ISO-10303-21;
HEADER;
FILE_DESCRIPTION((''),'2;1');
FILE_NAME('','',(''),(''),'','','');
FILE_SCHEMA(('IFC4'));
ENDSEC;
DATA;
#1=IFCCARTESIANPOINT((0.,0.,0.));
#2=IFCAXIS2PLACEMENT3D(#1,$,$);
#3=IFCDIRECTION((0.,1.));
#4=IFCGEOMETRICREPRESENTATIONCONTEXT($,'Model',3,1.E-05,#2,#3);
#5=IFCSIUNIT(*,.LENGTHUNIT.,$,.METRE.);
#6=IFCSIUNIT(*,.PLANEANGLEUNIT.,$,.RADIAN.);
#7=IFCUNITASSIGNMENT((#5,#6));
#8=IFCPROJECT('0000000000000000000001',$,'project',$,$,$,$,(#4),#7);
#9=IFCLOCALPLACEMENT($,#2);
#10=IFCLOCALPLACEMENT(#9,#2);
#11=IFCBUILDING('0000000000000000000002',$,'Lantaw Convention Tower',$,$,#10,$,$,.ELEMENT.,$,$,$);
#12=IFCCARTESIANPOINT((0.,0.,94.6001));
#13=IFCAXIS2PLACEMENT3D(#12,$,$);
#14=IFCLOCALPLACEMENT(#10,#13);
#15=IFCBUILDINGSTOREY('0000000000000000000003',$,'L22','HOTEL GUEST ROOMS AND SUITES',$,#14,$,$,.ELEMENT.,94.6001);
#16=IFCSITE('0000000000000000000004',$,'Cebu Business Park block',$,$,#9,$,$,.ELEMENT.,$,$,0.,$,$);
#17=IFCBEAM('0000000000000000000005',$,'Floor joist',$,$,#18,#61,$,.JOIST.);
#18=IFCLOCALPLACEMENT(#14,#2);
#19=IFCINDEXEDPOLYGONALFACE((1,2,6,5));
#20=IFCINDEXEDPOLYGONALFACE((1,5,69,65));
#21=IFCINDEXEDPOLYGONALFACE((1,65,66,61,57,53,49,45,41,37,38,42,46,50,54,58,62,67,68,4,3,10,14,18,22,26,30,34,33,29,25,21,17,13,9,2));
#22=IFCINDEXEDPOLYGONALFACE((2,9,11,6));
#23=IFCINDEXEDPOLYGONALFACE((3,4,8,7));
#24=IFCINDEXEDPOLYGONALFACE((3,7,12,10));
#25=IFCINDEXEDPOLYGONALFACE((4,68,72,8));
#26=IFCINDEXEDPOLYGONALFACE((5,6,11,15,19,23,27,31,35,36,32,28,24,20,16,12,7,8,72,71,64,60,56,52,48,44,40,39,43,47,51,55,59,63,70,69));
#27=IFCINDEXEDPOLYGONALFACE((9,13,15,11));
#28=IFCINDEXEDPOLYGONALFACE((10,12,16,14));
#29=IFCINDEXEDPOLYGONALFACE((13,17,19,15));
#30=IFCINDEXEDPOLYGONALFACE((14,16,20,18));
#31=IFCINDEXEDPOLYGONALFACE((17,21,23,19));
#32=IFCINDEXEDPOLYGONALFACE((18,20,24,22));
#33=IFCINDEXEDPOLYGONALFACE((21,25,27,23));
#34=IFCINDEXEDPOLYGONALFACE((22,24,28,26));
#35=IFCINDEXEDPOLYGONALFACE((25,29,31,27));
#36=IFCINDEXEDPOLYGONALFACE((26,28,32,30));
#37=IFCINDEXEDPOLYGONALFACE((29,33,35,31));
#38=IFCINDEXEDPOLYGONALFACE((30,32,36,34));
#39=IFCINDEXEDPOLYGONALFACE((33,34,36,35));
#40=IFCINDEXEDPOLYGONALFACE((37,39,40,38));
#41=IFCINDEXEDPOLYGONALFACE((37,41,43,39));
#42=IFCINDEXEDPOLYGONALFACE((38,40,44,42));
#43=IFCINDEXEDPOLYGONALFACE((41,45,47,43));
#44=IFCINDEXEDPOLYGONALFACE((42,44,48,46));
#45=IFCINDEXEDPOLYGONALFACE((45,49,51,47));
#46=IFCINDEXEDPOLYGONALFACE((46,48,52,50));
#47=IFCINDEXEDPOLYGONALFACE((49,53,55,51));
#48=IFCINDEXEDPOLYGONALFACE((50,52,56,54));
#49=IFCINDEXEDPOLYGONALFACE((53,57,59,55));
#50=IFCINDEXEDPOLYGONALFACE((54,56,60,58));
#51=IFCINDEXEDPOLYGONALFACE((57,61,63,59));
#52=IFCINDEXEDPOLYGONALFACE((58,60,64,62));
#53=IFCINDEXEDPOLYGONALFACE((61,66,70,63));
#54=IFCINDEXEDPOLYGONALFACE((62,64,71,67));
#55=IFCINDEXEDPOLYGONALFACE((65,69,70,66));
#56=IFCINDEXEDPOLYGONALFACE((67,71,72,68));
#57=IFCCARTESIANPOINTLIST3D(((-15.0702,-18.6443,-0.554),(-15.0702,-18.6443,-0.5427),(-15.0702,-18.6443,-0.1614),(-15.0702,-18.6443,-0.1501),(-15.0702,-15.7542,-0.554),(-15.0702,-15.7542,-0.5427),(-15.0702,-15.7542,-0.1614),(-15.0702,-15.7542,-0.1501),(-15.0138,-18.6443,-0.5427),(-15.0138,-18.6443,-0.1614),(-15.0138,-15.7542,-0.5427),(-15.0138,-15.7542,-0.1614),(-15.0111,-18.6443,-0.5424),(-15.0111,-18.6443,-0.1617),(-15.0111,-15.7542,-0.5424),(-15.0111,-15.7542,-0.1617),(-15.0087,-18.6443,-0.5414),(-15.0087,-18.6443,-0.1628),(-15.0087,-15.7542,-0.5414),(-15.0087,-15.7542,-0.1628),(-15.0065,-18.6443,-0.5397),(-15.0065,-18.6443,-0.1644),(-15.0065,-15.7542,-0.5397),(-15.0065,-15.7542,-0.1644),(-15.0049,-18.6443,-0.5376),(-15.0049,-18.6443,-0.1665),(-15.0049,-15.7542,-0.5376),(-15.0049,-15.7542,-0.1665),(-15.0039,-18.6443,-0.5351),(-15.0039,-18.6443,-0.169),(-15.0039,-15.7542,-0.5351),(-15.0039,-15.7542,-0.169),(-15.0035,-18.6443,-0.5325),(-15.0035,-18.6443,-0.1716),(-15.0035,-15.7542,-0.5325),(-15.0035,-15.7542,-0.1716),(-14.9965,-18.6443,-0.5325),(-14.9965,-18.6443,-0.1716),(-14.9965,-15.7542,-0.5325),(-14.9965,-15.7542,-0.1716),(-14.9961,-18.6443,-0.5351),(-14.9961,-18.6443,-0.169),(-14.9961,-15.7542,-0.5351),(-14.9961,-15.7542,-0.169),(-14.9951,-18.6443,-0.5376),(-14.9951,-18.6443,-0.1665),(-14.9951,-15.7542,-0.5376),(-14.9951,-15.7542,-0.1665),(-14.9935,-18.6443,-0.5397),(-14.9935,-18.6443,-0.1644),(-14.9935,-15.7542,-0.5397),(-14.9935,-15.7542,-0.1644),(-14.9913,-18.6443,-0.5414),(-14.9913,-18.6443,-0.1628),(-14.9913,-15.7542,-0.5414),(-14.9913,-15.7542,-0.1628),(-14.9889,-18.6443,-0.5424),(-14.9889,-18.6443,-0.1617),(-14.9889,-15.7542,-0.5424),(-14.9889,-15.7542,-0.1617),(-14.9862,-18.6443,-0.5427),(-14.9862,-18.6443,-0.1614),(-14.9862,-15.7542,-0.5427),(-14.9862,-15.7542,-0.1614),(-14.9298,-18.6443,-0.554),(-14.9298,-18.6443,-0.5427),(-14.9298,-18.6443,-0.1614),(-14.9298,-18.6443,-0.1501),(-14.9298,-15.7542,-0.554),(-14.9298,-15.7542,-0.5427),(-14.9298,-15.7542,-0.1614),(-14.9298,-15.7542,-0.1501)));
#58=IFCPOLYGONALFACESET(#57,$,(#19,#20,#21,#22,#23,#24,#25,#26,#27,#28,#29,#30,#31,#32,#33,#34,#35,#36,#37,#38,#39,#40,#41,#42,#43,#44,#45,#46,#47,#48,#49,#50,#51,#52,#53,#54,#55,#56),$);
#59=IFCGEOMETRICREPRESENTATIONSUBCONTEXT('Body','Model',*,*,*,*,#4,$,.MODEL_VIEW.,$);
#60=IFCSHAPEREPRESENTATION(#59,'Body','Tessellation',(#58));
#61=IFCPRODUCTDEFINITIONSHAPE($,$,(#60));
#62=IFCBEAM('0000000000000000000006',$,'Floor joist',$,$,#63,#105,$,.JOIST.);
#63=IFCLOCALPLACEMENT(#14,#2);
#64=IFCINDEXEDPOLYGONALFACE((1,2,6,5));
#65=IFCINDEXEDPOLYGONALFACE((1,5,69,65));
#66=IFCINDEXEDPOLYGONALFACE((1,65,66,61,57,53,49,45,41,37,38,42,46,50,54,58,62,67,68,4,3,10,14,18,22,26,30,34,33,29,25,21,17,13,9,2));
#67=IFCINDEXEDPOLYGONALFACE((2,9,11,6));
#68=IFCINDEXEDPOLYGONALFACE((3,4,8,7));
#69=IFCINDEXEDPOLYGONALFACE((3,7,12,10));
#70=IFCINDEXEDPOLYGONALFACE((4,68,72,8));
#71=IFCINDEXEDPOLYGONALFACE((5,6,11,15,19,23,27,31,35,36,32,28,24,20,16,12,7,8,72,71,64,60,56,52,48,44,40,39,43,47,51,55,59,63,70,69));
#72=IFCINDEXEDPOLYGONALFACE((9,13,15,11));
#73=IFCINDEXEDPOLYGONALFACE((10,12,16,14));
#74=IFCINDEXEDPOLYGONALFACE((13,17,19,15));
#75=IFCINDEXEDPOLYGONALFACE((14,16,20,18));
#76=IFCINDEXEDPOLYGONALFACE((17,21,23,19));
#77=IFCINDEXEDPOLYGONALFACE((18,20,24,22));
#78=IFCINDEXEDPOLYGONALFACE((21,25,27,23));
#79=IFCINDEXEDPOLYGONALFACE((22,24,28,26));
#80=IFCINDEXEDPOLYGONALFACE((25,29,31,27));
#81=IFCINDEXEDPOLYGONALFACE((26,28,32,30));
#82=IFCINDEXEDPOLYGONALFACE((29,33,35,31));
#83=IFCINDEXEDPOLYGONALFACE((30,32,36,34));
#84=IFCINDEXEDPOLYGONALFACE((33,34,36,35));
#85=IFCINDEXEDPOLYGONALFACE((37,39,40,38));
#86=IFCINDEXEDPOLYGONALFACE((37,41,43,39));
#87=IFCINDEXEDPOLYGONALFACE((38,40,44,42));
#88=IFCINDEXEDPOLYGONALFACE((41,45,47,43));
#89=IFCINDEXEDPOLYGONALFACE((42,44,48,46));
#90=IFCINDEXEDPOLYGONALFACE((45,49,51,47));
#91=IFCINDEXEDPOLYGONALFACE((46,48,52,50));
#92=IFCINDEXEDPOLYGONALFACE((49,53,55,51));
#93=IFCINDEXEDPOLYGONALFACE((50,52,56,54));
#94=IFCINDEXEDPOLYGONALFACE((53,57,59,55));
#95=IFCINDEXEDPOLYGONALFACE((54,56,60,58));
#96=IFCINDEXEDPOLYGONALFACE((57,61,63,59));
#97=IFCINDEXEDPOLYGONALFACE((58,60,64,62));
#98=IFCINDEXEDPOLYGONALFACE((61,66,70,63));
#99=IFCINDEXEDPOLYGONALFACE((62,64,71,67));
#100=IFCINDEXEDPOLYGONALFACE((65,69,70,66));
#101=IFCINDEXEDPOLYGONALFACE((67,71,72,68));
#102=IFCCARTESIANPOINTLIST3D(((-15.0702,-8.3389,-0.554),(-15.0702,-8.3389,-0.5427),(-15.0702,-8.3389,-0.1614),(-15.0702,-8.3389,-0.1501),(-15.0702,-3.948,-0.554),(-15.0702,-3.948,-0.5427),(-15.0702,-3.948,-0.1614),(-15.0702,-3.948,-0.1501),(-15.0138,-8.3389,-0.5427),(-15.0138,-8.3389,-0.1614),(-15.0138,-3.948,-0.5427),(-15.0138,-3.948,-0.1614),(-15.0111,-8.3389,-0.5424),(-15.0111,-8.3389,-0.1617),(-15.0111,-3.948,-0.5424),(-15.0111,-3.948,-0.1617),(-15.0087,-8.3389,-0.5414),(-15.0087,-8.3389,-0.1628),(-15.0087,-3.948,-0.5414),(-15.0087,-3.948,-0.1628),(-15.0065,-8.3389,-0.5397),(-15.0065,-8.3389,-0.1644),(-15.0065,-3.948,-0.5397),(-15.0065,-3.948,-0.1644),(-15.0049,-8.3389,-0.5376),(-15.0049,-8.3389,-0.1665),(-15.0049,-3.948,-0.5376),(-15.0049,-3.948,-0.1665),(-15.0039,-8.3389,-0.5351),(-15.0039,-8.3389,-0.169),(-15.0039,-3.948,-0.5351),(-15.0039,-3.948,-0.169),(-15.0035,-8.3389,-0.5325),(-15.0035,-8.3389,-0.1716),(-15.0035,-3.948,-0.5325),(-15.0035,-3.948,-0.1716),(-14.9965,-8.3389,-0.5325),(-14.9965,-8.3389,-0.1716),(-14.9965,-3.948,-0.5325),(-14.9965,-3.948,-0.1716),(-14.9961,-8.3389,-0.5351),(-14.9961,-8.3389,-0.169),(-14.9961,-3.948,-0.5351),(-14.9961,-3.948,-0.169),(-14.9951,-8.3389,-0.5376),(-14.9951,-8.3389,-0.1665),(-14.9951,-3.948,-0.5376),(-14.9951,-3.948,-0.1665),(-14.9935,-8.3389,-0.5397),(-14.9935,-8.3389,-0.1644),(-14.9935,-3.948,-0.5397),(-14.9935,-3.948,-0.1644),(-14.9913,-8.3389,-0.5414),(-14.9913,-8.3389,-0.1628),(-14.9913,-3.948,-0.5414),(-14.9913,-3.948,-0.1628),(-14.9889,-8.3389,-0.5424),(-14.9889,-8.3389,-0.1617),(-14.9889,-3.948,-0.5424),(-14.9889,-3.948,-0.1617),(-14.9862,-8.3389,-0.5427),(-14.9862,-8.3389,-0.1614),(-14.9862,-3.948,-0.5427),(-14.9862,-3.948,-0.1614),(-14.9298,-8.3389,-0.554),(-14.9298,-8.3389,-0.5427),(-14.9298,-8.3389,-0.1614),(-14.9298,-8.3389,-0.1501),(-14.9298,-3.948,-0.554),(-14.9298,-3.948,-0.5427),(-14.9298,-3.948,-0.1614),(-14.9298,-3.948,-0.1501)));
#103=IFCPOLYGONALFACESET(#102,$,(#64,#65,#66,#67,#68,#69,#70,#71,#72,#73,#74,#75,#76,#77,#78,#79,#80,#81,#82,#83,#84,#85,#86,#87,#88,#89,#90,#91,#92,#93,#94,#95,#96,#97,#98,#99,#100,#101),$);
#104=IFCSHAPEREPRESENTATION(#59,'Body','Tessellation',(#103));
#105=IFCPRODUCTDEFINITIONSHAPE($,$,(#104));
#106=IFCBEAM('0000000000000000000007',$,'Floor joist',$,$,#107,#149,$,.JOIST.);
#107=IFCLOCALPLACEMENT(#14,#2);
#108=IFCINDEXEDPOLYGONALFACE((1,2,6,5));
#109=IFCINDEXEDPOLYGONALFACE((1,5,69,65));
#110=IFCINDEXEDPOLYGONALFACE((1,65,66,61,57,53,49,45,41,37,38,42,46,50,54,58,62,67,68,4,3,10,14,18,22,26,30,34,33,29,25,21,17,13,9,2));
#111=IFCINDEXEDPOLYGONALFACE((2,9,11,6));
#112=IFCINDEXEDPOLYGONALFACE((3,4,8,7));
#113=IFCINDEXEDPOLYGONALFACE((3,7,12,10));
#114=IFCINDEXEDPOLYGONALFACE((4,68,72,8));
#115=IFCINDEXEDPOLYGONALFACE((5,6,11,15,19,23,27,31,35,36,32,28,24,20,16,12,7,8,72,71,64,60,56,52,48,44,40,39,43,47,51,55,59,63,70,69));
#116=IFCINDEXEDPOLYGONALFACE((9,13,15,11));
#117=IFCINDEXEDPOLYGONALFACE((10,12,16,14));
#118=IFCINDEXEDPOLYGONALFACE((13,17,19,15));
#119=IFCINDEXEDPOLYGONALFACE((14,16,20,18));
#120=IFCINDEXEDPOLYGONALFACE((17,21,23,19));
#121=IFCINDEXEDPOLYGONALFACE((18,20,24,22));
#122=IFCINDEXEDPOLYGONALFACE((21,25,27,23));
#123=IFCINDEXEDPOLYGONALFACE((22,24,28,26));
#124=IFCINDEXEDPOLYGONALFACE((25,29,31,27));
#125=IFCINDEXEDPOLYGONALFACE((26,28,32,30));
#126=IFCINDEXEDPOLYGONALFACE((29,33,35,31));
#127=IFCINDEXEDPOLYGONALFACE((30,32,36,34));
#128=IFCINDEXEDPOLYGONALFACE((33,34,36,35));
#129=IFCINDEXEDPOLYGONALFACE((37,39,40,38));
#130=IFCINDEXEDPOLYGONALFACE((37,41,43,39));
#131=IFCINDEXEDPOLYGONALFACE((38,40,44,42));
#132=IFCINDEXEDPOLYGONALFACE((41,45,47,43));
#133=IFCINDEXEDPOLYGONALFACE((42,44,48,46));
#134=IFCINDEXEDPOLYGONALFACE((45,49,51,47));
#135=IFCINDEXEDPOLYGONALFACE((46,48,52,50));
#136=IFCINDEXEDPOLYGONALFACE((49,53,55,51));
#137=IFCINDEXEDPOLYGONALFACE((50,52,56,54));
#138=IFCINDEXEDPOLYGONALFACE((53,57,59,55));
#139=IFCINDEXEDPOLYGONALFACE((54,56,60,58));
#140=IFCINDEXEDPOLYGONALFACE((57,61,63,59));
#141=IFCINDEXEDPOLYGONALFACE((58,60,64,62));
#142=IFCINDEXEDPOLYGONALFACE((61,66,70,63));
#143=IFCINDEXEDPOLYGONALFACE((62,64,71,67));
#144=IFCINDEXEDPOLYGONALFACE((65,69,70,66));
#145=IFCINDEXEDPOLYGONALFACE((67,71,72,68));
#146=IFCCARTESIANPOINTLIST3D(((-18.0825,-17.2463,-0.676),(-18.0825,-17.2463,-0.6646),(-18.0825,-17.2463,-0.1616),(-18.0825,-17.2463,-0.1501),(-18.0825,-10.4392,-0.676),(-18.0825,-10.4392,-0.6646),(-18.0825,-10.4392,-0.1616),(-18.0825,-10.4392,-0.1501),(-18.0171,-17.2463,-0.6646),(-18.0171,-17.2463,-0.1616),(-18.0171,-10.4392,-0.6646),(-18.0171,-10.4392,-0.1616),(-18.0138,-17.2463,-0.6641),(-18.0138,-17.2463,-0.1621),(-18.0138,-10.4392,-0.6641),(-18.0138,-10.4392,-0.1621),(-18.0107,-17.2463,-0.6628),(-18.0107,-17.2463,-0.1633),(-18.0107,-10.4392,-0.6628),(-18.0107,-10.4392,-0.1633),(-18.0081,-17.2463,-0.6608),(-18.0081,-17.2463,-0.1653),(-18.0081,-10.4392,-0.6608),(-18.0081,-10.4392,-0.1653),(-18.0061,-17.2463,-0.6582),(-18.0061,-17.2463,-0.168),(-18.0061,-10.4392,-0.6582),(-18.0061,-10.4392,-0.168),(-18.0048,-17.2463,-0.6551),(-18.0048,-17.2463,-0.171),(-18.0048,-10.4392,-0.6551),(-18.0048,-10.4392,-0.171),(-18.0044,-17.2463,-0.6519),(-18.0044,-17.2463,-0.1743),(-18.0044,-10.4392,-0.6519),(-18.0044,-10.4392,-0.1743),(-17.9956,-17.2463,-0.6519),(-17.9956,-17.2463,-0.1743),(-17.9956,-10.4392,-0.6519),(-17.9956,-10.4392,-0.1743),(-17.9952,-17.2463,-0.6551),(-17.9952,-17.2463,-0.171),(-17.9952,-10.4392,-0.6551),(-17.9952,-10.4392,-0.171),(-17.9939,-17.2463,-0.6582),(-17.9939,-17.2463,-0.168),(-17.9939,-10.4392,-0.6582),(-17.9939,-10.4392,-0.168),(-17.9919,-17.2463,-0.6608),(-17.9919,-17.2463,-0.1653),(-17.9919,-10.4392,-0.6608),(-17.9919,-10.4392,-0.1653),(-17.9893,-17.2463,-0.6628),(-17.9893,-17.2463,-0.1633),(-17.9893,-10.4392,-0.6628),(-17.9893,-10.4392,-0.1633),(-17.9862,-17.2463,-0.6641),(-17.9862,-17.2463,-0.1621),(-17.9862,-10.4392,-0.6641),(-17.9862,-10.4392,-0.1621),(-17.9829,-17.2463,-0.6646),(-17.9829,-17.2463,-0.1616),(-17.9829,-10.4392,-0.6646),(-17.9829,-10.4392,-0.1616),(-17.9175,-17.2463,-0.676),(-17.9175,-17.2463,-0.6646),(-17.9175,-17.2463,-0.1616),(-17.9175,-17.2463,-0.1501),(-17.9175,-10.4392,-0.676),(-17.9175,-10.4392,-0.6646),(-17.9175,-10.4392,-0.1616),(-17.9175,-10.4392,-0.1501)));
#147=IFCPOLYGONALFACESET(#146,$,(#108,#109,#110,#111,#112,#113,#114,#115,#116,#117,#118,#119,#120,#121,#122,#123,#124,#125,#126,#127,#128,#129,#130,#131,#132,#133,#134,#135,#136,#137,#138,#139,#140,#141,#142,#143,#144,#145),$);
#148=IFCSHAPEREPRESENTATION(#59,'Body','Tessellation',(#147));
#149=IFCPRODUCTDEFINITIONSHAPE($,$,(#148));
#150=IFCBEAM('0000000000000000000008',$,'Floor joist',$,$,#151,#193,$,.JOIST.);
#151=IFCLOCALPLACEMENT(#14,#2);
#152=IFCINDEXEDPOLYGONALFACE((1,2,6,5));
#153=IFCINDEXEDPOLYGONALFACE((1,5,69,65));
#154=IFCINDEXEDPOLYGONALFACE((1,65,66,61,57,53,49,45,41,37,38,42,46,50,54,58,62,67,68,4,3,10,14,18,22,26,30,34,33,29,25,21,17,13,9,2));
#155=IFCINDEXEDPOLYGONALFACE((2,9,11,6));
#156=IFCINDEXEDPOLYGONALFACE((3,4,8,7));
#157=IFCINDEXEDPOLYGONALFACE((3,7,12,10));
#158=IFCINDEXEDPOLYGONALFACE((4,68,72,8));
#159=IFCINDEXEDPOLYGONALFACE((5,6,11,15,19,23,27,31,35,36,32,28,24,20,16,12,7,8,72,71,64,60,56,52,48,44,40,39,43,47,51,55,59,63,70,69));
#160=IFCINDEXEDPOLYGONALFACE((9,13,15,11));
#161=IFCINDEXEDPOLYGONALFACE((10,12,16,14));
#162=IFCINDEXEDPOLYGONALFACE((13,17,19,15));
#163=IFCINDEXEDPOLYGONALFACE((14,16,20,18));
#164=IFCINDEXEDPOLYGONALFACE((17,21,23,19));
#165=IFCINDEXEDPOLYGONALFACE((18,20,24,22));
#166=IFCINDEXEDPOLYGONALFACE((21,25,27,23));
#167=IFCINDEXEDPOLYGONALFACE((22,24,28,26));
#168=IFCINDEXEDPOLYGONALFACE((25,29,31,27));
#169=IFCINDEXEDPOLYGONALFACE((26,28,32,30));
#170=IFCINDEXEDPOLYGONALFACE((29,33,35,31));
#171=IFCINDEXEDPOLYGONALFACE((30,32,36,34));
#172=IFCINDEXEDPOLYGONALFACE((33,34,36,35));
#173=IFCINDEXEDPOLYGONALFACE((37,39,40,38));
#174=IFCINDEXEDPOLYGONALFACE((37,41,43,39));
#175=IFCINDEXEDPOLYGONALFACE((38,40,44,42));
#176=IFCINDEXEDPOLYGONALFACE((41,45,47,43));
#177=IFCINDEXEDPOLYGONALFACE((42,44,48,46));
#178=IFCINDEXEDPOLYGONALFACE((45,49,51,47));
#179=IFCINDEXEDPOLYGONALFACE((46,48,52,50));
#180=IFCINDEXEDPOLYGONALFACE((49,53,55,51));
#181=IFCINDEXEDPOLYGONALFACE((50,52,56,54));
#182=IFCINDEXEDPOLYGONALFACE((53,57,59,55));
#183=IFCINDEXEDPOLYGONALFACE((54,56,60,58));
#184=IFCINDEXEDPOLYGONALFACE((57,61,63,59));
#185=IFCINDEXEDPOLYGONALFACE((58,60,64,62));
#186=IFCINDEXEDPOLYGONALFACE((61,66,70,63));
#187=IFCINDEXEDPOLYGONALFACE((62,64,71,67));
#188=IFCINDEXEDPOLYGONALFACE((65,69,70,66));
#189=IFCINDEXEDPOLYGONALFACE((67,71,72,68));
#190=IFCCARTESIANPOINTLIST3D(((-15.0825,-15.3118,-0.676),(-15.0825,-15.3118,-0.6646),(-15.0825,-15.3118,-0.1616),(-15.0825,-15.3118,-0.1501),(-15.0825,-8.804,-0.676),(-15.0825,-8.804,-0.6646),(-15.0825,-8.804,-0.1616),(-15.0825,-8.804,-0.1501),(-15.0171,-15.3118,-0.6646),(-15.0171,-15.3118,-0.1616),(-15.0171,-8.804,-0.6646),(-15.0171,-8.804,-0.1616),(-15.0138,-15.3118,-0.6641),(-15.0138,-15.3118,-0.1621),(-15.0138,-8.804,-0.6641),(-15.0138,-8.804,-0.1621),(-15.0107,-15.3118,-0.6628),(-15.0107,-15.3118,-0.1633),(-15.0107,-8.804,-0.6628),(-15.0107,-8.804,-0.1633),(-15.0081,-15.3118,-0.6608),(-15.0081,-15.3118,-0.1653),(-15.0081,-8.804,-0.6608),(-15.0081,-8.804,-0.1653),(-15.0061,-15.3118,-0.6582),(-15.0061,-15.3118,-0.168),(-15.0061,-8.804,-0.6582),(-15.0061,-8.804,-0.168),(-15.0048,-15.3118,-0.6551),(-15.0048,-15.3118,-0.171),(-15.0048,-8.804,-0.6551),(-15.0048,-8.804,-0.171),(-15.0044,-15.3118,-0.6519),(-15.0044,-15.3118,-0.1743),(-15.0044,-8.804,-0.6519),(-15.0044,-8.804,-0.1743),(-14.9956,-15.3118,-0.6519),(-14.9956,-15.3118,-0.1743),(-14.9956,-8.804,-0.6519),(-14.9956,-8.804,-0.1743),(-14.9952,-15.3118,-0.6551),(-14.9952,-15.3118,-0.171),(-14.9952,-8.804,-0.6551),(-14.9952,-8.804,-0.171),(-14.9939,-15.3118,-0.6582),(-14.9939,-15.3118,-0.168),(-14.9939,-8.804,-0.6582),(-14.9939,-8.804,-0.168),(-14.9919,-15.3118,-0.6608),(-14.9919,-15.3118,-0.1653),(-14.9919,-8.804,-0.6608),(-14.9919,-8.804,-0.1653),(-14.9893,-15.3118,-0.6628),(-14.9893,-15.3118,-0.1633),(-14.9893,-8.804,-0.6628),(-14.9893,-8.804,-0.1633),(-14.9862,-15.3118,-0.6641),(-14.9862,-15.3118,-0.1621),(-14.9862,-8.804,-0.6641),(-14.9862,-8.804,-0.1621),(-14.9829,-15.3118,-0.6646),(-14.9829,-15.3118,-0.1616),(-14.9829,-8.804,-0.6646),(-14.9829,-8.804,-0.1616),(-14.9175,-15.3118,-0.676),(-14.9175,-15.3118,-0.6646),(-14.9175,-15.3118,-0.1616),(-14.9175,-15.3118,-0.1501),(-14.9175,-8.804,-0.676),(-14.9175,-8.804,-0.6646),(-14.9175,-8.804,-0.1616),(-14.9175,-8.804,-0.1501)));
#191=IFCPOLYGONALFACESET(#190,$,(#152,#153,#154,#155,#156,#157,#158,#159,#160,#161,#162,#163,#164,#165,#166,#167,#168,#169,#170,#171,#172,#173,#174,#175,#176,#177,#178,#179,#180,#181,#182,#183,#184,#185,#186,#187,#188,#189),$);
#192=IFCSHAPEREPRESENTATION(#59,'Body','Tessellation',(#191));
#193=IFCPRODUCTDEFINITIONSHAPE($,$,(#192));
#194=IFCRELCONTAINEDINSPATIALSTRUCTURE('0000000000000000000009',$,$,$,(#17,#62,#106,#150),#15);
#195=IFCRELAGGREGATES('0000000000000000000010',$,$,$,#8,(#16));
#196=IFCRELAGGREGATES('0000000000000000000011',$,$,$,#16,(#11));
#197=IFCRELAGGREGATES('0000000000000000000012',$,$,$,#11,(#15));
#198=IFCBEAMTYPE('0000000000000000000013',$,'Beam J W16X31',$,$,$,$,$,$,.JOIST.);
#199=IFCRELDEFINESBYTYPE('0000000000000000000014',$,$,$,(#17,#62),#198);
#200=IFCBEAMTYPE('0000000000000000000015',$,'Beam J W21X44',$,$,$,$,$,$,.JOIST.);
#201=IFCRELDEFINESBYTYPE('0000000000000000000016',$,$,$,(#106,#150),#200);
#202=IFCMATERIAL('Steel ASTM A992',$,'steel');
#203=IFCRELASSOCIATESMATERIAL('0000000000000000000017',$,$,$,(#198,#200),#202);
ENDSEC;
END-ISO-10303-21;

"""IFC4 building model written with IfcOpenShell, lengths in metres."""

from ifc_helpers import new_model, si_unit, direction, frame, origin, origin_2d, place, context, subcontext, project, spatial, i_section, extrude, material, material_profile, profile_set, type_object, element, save


model = new_model("IFC4")

# Units and contexts
model_context = context("Model", 3, precision=1e-05, world=origin(), true_north=direction((0.0, 1.0)))
body_context = subcontext(model_context, "Body", "Model", "MODEL_VIEW")
ifc_project = project(units=[si_unit("LENGTHUNIT", "METRE"), si_unit("PLANEANGLEUNIT", "RADIAN")], contexts=[model_context])

# Site, building, storey
site_placement = place(None, origin())
site = spatial("IfcSite", under=ifc_project, at=site_placement, Name="Cebu Business Park block", CompositionType="ELEMENT", RefElevation=0.0)
building_placement = place(site_placement, origin())
building = spatial("IfcBuilding", under=site, at=building_placement, Name="Lantaw Convention Tower", CompositionType="ELEMENT")
storey_placement = place(building_placement, frame((0.0, 0.0, 94.6001)))
storey = spatial("IfcBuildingStorey", under=building, at=storey_placement, Name="L22", Description="HOTEL GUEST ROOMS AND SUITES", CompositionType="ELEMENT", Elevation=94.6001)

# Beams
ifc_material_1 = material(Name="Steel ASTM A992", Category="steel")
ifc_material_profile_1 = material_profile(ifc_material_1, i_section(OverallWidth=0.1404, OverallDepth=0.4038, WebThickness=0.0071, FlangeThickness=0.0112, FilletRadius=0.0103, at=origin_2d()), Name="W16X31")
ifc_profile_set_1 = profile_set([ifc_material_profile_1], Name="Steel ASTM A992")
beam_type_1 = type_object("IfcBeamType", Name="Beam J W16X31", PredefinedType="JOIST", material=ifc_profile_set_1)
beam_1_placement = place(storey_placement, frame((-15.0, -18.6443, -0.3521), z_axis=(0.0, 1.0, 0.0), x_axis=(-1.0, 0.0, 0.0)))
element("IfcBeam", 1, at=beam_1_placement, inside=storey, type_object=beam_type_1, Name="Floor joist", PredefinedType="JOIST", context=body_context, shape_type="SweptSolid", body=[
    extrude(i_section(OverallWidth=0.1404, OverallDepth=0.4038, WebThickness=0.0071, FlangeThickness=0.0112, FilletRadius=0.0103, at=origin_2d()), origin(), (0.0, 0.0, 1.0), 2.8901),
])
beam_2_placement = place(storey_placement, frame((-15.0, -8.3389, -0.3521), z_axis=(0.0, 1.0, 0.0), x_axis=(-1.0, 0.0, 0.0)))
element("IfcBeam", 2, at=beam_2_placement, inside=storey, type_object=beam_type_1, Name="Floor joist", PredefinedType="JOIST", context=body_context, shape_type="SweptSolid", body=[
    extrude(i_section(OverallWidth=0.1404, OverallDepth=0.4038, WebThickness=0.0071, FlangeThickness=0.0112, FilletRadius=0.0103, at=origin_2d()), origin(), (0.0, 0.0, 1.0), 4.3909),
])
ifc_material_profile_2 = material_profile(ifc_material_1, i_section(OverallWidth=0.165, OverallDepth=0.5259, WebThickness=0.0088, FlangeThickness=0.0115, FilletRadius=0.0127, at=origin_2d()), Name="W21X44")
ifc_profile_set_2 = profile_set([ifc_material_profile_2], Name="Steel ASTM A992")
beam_type_2 = type_object("IfcBeamType", Name="Beam J W21X44", PredefinedType="JOIST", material=ifc_profile_set_2)
beam_3_placement = place(storey_placement, frame((-18.0, -17.2463, -0.4131), z_axis=(0.0, 1.0, 0.0), x_axis=(-1.0, 0.0, 0.0)))
element("IfcBeam", 3, at=beam_3_placement, inside=storey, type_object=beam_type_2, Name="Floor joist", PredefinedType="JOIST", context=body_context, shape_type="SweptSolid", body=[
    extrude(i_section(OverallWidth=0.165, OverallDepth=0.5259, WebThickness=0.0088, FlangeThickness=0.0115, FilletRadius=0.0127, at=origin_2d()), origin(), (0.0, 0.0, 1.0), 6.8071),
])
beam_4_placement = place(storey_placement, frame((-15.0, -15.3118, -0.4131), z_axis=(0.0, 1.0, 0.0), x_axis=(-1.0, 0.0, 0.0)))
element("IfcBeam", 4, at=beam_4_placement, inside=storey, type_object=beam_type_2, Name="Floor joist", PredefinedType="JOIST", context=body_context, shape_type="SweptSolid", body=[
    extrude(i_section(OverallWidth=0.165, OverallDepth=0.5259, WebThickness=0.0088, FlangeThickness=0.0115, FilletRadius=0.0127, at=origin_2d()), origin(), (0.0, 0.0, 1.0), 6.5078),
])

save(model, "model.ifc")
